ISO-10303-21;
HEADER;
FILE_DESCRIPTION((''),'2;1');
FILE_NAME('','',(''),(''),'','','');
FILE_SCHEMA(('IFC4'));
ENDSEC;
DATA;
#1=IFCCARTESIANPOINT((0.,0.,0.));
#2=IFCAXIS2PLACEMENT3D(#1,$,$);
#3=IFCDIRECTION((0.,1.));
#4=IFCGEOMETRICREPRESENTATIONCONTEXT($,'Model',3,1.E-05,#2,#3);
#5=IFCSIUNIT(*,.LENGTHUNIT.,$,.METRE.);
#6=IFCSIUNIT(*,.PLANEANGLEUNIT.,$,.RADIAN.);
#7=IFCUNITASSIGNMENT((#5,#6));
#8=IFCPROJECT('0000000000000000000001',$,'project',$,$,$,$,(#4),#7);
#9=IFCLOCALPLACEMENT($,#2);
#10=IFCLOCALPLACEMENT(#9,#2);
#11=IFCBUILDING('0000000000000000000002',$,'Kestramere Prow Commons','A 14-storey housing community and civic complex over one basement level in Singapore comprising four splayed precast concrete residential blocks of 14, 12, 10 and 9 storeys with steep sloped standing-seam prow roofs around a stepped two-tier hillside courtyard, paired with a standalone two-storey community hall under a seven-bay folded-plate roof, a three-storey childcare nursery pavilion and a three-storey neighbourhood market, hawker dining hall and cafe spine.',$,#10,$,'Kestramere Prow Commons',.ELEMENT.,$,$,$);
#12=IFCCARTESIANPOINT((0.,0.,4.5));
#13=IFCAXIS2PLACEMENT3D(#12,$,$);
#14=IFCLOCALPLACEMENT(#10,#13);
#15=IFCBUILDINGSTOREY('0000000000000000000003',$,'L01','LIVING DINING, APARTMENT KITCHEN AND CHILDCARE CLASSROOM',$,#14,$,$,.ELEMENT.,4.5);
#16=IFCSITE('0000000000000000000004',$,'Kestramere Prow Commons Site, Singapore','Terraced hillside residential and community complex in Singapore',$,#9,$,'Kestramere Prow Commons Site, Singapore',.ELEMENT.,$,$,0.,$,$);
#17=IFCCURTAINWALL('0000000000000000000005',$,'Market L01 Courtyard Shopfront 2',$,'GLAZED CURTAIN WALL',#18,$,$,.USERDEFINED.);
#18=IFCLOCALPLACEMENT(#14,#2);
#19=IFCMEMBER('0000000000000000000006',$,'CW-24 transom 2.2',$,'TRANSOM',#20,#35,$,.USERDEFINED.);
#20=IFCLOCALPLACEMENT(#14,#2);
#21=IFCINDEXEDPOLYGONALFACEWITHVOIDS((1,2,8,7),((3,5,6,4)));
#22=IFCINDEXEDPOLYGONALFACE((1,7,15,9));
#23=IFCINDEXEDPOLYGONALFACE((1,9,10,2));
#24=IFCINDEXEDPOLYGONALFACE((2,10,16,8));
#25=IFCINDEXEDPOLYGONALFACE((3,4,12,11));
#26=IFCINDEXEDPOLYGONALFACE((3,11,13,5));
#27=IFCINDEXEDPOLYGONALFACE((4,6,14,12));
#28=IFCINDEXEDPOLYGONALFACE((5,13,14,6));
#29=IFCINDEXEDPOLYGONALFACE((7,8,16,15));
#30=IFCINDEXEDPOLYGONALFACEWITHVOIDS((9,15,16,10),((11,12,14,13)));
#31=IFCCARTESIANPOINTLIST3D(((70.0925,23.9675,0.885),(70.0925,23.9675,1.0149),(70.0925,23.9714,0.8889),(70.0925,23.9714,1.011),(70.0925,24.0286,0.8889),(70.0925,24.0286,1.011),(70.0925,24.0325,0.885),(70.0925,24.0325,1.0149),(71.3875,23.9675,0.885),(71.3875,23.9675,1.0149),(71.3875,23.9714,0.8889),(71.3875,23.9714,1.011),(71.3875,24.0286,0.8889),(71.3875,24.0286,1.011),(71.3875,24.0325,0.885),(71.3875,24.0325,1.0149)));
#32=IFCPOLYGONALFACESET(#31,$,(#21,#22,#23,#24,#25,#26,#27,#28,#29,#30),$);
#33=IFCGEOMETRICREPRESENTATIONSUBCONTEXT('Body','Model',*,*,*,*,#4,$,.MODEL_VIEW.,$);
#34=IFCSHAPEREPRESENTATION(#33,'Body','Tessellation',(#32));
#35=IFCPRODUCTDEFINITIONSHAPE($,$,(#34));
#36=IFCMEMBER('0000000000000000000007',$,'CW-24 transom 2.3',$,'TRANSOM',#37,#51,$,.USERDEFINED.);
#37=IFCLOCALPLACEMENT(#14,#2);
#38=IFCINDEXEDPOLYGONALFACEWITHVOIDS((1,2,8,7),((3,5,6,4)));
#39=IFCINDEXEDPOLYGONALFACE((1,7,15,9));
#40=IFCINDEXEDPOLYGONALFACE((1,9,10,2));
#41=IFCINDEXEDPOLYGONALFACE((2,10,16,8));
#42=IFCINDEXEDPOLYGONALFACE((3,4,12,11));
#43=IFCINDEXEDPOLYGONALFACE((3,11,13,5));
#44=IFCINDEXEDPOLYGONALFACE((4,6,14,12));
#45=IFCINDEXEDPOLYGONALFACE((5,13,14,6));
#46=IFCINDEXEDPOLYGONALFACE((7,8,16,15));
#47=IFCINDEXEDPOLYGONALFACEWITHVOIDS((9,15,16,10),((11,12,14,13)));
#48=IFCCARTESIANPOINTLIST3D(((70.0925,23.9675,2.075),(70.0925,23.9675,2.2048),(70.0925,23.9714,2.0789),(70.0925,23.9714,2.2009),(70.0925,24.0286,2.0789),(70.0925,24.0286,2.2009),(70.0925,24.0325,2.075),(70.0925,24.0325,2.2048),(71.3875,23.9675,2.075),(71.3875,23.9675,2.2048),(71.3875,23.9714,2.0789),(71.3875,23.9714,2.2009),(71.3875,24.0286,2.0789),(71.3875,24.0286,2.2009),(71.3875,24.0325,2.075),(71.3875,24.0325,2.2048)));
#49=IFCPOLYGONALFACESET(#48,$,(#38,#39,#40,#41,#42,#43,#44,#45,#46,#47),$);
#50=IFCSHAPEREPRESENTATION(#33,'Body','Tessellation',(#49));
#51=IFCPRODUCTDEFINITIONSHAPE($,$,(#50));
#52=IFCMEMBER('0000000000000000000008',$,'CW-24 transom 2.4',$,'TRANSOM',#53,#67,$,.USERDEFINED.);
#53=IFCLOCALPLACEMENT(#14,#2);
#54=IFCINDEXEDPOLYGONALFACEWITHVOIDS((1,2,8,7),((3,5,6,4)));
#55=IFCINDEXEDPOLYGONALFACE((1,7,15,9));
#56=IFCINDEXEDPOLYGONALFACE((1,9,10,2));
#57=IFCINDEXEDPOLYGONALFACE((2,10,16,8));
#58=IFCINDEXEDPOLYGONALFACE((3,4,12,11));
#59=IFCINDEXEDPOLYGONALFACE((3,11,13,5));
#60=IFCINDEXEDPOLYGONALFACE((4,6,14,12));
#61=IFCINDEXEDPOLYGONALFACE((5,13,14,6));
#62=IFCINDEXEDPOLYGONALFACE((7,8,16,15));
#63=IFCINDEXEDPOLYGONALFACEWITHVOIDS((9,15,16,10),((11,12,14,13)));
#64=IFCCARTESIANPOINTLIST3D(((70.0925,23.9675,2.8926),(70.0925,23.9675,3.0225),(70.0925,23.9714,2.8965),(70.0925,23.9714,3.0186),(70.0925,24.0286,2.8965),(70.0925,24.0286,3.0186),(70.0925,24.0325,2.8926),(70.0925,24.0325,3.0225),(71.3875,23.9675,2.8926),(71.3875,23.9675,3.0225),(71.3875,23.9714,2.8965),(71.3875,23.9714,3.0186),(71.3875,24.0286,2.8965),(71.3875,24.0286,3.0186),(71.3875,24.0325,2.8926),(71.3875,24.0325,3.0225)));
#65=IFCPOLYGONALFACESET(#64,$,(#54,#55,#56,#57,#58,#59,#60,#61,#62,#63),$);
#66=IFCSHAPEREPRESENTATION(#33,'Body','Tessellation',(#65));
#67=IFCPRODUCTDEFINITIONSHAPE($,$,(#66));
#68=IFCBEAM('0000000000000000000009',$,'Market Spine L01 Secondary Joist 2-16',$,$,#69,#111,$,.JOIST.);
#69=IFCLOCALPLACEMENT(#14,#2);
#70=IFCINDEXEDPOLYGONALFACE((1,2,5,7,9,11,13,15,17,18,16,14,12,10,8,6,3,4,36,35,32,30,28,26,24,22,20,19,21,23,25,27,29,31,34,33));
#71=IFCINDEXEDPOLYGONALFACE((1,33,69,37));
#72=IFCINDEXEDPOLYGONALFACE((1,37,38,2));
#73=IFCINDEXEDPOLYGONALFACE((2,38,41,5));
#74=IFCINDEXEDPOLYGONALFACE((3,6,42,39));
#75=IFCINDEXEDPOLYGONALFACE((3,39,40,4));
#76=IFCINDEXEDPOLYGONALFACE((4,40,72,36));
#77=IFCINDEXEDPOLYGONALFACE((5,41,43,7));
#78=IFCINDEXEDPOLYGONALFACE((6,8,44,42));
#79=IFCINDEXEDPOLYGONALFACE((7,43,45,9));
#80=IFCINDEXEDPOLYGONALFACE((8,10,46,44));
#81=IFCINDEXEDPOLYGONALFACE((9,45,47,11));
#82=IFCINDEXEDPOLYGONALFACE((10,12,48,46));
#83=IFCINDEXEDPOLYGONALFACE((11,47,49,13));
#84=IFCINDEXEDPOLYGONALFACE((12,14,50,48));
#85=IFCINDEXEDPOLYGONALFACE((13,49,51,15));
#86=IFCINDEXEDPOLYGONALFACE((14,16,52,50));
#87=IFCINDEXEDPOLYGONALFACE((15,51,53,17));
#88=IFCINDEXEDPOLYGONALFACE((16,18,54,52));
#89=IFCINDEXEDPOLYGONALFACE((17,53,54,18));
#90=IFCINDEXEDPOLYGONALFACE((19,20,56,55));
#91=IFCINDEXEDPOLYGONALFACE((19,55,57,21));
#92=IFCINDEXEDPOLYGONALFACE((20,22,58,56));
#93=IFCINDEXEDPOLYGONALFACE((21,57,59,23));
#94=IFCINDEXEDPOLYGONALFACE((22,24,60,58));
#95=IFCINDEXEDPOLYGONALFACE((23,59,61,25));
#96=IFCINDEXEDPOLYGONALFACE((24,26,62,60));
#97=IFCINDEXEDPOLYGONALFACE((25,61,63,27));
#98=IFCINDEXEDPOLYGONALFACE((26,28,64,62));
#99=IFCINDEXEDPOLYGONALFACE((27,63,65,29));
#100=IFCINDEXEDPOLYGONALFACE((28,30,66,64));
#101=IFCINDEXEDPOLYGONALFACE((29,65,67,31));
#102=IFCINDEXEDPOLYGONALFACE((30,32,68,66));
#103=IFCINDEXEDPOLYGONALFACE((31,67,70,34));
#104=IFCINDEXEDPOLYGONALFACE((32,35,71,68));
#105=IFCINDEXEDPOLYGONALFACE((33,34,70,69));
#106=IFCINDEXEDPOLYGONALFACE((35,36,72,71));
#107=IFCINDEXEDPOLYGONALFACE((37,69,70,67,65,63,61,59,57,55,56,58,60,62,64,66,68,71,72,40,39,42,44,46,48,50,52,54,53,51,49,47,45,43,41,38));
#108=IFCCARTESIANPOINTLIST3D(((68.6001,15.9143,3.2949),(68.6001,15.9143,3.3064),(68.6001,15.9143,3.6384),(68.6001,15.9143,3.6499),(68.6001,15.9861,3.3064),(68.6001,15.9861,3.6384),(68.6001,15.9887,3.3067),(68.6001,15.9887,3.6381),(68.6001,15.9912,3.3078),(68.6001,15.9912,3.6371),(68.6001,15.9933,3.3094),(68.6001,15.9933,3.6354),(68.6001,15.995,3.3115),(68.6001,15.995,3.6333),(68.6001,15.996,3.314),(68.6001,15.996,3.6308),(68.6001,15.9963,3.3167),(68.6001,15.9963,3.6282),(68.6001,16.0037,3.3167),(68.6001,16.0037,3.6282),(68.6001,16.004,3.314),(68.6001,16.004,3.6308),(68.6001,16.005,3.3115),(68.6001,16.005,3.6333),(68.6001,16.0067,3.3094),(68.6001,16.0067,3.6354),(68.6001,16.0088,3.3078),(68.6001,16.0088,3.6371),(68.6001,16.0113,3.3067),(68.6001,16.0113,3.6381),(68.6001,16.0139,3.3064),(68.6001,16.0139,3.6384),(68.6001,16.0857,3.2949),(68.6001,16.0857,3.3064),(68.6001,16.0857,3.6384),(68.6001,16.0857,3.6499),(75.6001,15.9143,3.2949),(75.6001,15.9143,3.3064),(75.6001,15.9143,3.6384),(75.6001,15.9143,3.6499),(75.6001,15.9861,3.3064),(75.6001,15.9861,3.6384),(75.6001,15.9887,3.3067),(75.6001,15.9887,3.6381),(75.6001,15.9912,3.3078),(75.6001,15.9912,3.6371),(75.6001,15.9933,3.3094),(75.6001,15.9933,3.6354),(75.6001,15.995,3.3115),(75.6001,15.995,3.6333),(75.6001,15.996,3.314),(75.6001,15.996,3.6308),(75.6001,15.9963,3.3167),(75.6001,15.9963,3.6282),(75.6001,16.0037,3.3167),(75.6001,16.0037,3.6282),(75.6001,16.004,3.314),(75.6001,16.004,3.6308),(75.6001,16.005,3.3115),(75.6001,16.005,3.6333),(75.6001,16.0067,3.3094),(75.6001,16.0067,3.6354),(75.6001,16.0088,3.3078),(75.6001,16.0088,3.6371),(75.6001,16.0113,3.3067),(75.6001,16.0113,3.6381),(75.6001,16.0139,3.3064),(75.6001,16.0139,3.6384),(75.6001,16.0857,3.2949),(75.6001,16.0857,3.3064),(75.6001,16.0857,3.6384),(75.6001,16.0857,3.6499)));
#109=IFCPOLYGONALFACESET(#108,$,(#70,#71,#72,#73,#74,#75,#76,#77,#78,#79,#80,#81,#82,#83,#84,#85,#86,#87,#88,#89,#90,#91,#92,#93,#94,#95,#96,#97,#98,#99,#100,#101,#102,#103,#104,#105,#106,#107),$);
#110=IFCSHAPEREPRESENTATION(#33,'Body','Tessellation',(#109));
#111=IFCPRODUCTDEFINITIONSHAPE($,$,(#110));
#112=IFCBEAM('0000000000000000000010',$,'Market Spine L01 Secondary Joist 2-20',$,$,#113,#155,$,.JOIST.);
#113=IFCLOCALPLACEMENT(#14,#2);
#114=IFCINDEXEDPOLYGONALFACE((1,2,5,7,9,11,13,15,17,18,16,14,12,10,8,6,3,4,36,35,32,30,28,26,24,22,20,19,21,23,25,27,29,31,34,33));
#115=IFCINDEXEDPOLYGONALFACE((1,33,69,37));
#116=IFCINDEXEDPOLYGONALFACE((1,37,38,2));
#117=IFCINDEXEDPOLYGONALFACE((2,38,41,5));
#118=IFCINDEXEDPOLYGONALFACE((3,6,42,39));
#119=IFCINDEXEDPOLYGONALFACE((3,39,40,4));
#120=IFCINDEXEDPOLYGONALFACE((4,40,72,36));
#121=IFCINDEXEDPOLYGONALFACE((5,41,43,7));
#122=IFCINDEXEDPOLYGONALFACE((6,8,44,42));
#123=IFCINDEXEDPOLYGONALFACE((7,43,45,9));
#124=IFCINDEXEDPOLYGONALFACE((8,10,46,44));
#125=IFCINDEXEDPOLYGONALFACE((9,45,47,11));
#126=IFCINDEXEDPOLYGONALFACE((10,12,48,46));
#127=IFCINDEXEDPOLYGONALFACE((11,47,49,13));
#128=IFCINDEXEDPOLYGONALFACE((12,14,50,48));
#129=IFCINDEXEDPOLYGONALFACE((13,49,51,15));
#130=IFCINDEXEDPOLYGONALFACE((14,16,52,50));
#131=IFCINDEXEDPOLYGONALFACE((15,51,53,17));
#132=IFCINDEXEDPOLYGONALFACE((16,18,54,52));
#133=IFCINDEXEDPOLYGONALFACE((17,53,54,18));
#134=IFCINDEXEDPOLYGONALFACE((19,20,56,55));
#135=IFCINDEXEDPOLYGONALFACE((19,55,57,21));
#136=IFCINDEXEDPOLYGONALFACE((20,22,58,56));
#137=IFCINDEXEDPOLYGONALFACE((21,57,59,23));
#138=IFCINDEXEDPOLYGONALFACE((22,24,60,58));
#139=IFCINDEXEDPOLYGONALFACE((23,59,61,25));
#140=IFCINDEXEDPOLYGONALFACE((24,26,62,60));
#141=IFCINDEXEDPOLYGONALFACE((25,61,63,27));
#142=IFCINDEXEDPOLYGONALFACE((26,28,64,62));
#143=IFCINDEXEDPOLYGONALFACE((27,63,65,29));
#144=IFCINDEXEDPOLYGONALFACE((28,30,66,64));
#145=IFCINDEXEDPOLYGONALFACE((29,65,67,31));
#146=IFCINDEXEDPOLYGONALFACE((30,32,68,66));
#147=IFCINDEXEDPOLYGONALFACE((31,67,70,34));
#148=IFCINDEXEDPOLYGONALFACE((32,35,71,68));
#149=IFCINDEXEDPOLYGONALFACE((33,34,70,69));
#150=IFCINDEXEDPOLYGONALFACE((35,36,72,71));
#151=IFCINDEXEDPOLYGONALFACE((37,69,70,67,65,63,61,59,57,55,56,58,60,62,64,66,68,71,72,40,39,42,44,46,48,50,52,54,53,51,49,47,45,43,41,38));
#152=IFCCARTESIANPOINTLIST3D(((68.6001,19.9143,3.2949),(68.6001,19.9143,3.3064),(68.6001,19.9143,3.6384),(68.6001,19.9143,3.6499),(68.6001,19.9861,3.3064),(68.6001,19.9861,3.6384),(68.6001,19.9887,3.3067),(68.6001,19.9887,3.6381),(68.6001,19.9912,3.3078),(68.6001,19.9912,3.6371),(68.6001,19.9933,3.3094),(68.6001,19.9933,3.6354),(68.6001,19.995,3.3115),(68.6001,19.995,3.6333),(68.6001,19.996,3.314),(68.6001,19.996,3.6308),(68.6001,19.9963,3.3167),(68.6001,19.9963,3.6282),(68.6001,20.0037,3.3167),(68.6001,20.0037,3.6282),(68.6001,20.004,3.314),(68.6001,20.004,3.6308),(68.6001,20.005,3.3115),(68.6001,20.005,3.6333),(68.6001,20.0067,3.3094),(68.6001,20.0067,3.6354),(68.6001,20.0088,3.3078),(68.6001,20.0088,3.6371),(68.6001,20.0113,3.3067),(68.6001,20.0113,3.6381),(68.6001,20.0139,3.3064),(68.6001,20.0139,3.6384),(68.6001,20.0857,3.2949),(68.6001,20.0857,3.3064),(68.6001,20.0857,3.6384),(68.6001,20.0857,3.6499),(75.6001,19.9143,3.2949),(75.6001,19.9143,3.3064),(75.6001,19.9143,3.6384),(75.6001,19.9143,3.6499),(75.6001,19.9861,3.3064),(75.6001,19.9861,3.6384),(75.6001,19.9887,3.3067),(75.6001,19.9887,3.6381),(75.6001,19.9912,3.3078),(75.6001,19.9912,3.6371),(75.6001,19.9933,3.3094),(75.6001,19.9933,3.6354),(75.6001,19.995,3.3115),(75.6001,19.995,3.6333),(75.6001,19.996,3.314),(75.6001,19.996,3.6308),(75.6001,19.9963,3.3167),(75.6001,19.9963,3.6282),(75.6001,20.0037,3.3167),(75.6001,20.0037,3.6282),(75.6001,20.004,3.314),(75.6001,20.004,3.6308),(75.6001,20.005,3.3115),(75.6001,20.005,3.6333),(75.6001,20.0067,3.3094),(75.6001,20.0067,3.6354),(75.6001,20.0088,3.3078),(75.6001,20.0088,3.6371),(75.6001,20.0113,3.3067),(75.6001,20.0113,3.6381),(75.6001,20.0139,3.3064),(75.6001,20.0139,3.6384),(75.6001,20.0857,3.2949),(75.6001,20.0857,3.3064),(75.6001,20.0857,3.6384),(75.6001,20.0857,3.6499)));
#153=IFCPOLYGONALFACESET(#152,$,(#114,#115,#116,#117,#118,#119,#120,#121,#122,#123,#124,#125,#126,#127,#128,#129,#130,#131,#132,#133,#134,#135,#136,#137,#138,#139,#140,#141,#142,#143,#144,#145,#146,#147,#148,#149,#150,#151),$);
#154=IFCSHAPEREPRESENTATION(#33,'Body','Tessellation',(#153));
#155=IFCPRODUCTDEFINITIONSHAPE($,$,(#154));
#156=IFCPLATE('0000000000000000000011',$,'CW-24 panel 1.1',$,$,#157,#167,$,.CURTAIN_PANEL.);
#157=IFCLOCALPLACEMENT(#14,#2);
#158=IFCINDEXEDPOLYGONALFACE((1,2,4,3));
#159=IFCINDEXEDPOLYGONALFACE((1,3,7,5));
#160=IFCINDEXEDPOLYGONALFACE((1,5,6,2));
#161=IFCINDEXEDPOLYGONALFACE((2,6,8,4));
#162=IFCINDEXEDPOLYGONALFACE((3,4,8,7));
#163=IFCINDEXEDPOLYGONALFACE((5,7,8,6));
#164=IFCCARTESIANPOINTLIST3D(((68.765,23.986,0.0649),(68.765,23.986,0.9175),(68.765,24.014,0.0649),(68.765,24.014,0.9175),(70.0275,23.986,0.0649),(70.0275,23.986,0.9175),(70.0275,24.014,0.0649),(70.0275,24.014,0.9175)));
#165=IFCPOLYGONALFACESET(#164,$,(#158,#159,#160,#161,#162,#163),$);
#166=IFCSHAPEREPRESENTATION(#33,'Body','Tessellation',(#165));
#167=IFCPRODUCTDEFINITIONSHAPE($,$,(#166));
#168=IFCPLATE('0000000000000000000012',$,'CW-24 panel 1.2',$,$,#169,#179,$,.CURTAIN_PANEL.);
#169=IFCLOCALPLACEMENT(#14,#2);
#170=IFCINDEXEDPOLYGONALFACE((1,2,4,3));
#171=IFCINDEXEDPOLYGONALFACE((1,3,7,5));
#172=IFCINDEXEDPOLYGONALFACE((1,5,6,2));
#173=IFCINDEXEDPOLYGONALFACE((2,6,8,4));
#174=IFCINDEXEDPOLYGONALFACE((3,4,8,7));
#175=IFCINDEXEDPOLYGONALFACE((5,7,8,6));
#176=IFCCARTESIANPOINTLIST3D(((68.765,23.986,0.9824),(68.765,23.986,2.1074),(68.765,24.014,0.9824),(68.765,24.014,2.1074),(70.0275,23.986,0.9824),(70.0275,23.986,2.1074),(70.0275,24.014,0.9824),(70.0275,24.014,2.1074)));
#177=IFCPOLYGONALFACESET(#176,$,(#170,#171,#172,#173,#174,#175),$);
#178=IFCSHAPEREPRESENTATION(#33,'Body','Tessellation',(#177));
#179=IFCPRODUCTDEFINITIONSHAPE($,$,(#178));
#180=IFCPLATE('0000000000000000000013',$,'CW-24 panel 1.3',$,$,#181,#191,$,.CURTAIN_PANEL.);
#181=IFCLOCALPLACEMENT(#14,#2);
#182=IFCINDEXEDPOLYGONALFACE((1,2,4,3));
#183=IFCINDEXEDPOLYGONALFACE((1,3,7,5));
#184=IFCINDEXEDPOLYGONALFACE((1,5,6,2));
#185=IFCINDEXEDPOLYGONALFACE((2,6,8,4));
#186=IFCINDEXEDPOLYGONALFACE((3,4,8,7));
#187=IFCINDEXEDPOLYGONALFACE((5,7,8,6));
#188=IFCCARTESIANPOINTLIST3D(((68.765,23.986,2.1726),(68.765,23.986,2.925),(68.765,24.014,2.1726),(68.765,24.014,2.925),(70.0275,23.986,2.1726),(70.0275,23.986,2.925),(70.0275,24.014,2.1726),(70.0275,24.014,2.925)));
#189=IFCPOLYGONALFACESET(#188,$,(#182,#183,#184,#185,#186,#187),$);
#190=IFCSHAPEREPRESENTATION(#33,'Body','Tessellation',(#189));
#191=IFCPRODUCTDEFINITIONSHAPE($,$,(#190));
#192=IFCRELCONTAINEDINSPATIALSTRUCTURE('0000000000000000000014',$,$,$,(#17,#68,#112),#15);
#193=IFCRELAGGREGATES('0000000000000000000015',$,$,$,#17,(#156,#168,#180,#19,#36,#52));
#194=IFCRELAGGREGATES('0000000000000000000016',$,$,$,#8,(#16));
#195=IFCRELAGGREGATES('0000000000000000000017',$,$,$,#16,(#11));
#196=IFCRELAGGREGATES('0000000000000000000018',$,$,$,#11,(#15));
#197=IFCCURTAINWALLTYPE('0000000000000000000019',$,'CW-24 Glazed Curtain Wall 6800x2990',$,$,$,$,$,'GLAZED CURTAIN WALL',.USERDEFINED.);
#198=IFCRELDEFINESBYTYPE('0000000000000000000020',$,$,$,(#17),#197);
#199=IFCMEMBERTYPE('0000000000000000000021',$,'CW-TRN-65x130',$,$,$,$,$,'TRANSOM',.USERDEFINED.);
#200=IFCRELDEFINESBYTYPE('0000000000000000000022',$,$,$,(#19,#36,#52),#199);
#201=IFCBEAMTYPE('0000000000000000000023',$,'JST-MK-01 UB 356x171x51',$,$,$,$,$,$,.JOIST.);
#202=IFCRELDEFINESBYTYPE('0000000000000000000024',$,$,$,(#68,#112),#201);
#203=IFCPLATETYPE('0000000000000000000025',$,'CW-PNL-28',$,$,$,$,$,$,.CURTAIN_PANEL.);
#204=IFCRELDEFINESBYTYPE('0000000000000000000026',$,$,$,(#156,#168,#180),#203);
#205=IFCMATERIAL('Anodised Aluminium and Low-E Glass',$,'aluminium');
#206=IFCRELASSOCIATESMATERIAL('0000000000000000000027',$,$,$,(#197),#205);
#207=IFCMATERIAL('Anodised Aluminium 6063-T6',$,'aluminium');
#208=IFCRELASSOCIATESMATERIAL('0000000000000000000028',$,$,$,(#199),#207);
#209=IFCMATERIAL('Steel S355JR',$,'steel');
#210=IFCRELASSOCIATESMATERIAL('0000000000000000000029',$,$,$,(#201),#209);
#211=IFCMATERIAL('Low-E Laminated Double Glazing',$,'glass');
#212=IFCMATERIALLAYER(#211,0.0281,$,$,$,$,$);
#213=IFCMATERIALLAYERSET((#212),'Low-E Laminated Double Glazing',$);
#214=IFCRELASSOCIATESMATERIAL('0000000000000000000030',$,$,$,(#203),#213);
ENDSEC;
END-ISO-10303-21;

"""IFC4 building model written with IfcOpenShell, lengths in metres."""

from ifc_helpers import new_model, si_unit, direction, frame, origin, origin_2d, place, context, subcontext, project, spatial, rectangle, hollow_rectangle, i_section, extrude, material, layer, layer_set, material_profile, profile_set, type_object, element, aggregate, save


model = new_model("IFC4")

# Units and contexts
model_context = context("Model", 3, precision=1e-05, world=origin(), true_north=direction((0.0, 1.0)))
body_context = subcontext(model_context, "Body", "Model", "MODEL_VIEW")
ifc_project = project(units=[si_unit("LENGTHUNIT", "METRE"), si_unit("PLANEANGLEUNIT", "RADIAN")], contexts=[model_context])

# Site, building, storey
site_placement = place(None, origin())
site = spatial("IfcSite", under=ifc_project, at=site_placement, Name="Kestramere Prow Commons Site, Singapore", Description="Terraced hillside residential and community complex in Singapore", LongName="Kestramere Prow Commons Site, Singapore", CompositionType="ELEMENT", RefElevation=0.0)
building_placement = place(site_placement, origin())
building = spatial("IfcBuilding", under=site, at=building_placement, Name="Kestramere Prow Commons", Description="A 14-storey housing community and civic complex over one basement level in Singapore comprising four splayed precast concrete residential blocks of 14, 12, 10 and 9 storeys with steep sloped standing-seam prow roofs around a stepped two-tier hillside courtyard, paired with a standalone two-storey community hall under a seven-bay folded-plate roof, a three-storey childcare nursery pavilion and a three-storey neighbourhood market, hawker dining hall and cafe spine.", LongName="Kestramere Prow Commons", CompositionType="ELEMENT")
storey_placement = place(building_placement, frame((0.0, 0.0, 4.5)))
storey = spatial("IfcBuildingStorey", under=building, at=storey_placement, Name="L01", Description="LIVING DINING, APARTMENT KITCHEN AND CHILDCARE CLASSROOM", CompositionType="ELEMENT", Elevation=4.5)

# Curtain wall, members
ifc_material_1 = material(Name="Anodised Aluminium and Low-E Glass", Category="aluminium")
curtain_wall_type = type_object("IfcCurtainWallType", Name="CW-24 Glazed Curtain Wall 6800x2990", ElementType="GLAZED CURTAIN WALL", PredefinedType="USERDEFINED", material=ifc_material_1)
curtain_wall_placement = place(storey_placement, origin())
curtain_wall = element("IfcCurtainWall", 1, at=curtain_wall_placement, inside=storey, type_object=curtain_wall_type, Name="Market L01 Courtyard Shopfront 2", ObjectType="GLAZED CURTAIN WALL", PredefinedType="USERDEFINED")
ifc_material_2 = material(Name="Anodised Aluminium 6063-T6", Category="aluminium")
ifc_material_profile_1 = material_profile(ifc_material_2, hollow_rectangle(XDim=0.0649, YDim=0.1299, WallThickness=0.0039, at=origin_2d()), Name="ALU-TRN 65x130")
ifc_profile_set_1 = profile_set([ifc_material_profile_1], Name="Anodised Aluminium 6063-T6")
member_type_1 = type_object("IfcMemberType", Name="CW-TRN-65x130", ElementType="TRANSOM", PredefinedType="USERDEFINED", material=ifc_profile_set_1)
member_1_placement = place(storey_placement, frame((70.0925, 24.0, 0.95), z_axis=(1.0, 0.0, 0.0), x_axis=(0.0, 1.0, 0.0)))
member_1 = element("IfcMember", 2, at=member_1_placement, type_object=member_type_1, Name="CW-24 transom 2.2", ObjectType="TRANSOM", PredefinedType="USERDEFINED", context=body_context, shape_type="SweptSolid", body=[
    extrude(hollow_rectangle(XDim=0.0649, YDim=0.1299, WallThickness=0.0039, at=origin_2d()), origin(), (0.0, 0.0, 1.0), 1.2949),
])
member_2_placement = place(storey_placement, frame((70.0925, 24.0, 2.1399), z_axis=(1.0, 0.0, 0.0), x_axis=(0.0, 1.0, 0.0)))
member_2 = element("IfcMember", 3, at=member_2_placement, type_object=member_type_1, Name="CW-24 transom 2.3", ObjectType="TRANSOM", PredefinedType="USERDEFINED", context=body_context, shape_type="SweptSolid", body=[
    extrude(hollow_rectangle(XDim=0.0649, YDim=0.1299, WallThickness=0.0039, at=origin_2d()), origin(), (0.0, 0.0, 1.0), 1.2949),
])
member_3_placement = place(storey_placement, frame((70.0925, 24.0, 2.9575), z_axis=(1.0, 0.0, 0.0), x_axis=(0.0, 1.0, 0.0)))
member_3 = element("IfcMember", 4, at=member_3_placement, type_object=member_type_1, Name="CW-24 transom 2.4", ObjectType="TRANSOM", PredefinedType="USERDEFINED", context=body_context, shape_type="SweptSolid", body=[
    extrude(hollow_rectangle(XDim=0.0649, YDim=0.1299, WallThickness=0.0039, at=origin_2d()), origin(), (0.0, 0.0, 1.0), 1.2949),
])

# Beams
ifc_material_3 = material(Name="Steel S355JR", Category="steel")
ifc_material_profile_2 = material_profile(ifc_material_3, i_section(OverallWidth=0.1714, OverallDepth=0.355, WebThickness=0.0073, FlangeThickness=0.0115, FilletRadius=0.0103, at=origin_2d()), Name="UB 356x171x51")
ifc_profile_set_2 = profile_set([ifc_material_profile_2], Name="Steel S355JR")
beam_type_1 = type_object("IfcBeamType", Name="JST-MK-01 UB 356x171x51", PredefinedType="JOIST", material=ifc_profile_set_2)
for number, where, z_axis, x_axis, name in (
    (5, (68.6001, 16.0, 3.4724), (1.0, 0.0, 0.0), (0.0, 1.0, 0.0), "Market Spine L01 Secondary Joist 2-16"),
    (6, (68.6001, 20.0, 3.4724), (1.0, 0.0, 0.0), (0.0, 1.0, 0.0), "Market Spine L01 Secondary Joist 2-20"),
):
    element("IfcBeam", number, at=place(storey_placement, frame(where, z_axis=z_axis, x_axis=x_axis)), inside=storey, type_object=beam_type_1, Name=name, PredefinedType="JOIST", context=body_context, shape_type="SweptSolid", body=[
        extrude(i_section(OverallWidth=0.1714, OverallDepth=0.355, WebThickness=0.0073, FlangeThickness=0.0115, FilletRadius=0.0103, at=origin_2d()), origin(), (0.0, 0.0, 1.0), 7.0),
    ])

# Plates
ifc_material_4 = material(Name="Low-E Laminated Double Glazing", Category="glass")
ifc_layer_1 = layer(ifc_material_4, 0.0281)
ifc_layer_set_1 = layer_set([ifc_layer_1], Name="Low-E Laminated Double Glazing")
plate_type = type_object("IfcPlateType", Name="CW-PNL-28", PredefinedType="CURTAIN_PANEL", material=ifc_layer_set_1)
plate_1_placement = place(storey_placement, frame((69.3962, 24.0, 0.0649), z_axis=(0.0, 0.0, 1.0), x_axis=(1.0, 0.0, 0.0)))
plate_1 = element("IfcPlate", 7, at=plate_1_placement, type_object=plate_type, Name="CW-24 panel 1.1", PredefinedType="CURTAIN_PANEL", context=body_context, shape_type="SweptSolid", body=[
    extrude(rectangle(XDim=1.2625, YDim=0.0281, at=origin_2d()), origin(), (0.0, 0.0, 1.0), 0.8525),
])
plate_2_placement = place(storey_placement, frame((69.3962, 24.0, 0.9824), z_axis=(0.0, 0.0, 1.0), x_axis=(1.0, 0.0, 0.0)))
plate_2 = element("IfcPlate", 8, at=plate_2_placement, type_object=plate_type, Name="CW-24 panel 1.2", PredefinedType="CURTAIN_PANEL", context=body_context, shape_type="SweptSolid", body=[
    extrude(rectangle(XDim=1.2625, YDim=0.0281, at=origin_2d()), origin(), (0.0, 0.0, 1.0), 1.125),
])
plate_3_placement = place(storey_placement, frame((69.3962, 24.0, 2.1726), z_axis=(0.0, 0.0, 1.0), x_axis=(1.0, 0.0, 0.0)))
plate_3 = element("IfcPlate", 9, at=plate_3_placement, type_object=plate_type, Name="CW-24 panel 1.3", PredefinedType="CURTAIN_PANEL", context=body_context, shape_type="SweptSolid", body=[
    extrude(rectangle(XDim=1.2625, YDim=0.0281, at=origin_2d()), origin(), (0.0, 0.0, 1.0), 0.7524),
])
aggregate(curtain_wall, [plate_1, plate_2, plate_3, member_1, member_2, member_3])

save(model, "model.ifc")
